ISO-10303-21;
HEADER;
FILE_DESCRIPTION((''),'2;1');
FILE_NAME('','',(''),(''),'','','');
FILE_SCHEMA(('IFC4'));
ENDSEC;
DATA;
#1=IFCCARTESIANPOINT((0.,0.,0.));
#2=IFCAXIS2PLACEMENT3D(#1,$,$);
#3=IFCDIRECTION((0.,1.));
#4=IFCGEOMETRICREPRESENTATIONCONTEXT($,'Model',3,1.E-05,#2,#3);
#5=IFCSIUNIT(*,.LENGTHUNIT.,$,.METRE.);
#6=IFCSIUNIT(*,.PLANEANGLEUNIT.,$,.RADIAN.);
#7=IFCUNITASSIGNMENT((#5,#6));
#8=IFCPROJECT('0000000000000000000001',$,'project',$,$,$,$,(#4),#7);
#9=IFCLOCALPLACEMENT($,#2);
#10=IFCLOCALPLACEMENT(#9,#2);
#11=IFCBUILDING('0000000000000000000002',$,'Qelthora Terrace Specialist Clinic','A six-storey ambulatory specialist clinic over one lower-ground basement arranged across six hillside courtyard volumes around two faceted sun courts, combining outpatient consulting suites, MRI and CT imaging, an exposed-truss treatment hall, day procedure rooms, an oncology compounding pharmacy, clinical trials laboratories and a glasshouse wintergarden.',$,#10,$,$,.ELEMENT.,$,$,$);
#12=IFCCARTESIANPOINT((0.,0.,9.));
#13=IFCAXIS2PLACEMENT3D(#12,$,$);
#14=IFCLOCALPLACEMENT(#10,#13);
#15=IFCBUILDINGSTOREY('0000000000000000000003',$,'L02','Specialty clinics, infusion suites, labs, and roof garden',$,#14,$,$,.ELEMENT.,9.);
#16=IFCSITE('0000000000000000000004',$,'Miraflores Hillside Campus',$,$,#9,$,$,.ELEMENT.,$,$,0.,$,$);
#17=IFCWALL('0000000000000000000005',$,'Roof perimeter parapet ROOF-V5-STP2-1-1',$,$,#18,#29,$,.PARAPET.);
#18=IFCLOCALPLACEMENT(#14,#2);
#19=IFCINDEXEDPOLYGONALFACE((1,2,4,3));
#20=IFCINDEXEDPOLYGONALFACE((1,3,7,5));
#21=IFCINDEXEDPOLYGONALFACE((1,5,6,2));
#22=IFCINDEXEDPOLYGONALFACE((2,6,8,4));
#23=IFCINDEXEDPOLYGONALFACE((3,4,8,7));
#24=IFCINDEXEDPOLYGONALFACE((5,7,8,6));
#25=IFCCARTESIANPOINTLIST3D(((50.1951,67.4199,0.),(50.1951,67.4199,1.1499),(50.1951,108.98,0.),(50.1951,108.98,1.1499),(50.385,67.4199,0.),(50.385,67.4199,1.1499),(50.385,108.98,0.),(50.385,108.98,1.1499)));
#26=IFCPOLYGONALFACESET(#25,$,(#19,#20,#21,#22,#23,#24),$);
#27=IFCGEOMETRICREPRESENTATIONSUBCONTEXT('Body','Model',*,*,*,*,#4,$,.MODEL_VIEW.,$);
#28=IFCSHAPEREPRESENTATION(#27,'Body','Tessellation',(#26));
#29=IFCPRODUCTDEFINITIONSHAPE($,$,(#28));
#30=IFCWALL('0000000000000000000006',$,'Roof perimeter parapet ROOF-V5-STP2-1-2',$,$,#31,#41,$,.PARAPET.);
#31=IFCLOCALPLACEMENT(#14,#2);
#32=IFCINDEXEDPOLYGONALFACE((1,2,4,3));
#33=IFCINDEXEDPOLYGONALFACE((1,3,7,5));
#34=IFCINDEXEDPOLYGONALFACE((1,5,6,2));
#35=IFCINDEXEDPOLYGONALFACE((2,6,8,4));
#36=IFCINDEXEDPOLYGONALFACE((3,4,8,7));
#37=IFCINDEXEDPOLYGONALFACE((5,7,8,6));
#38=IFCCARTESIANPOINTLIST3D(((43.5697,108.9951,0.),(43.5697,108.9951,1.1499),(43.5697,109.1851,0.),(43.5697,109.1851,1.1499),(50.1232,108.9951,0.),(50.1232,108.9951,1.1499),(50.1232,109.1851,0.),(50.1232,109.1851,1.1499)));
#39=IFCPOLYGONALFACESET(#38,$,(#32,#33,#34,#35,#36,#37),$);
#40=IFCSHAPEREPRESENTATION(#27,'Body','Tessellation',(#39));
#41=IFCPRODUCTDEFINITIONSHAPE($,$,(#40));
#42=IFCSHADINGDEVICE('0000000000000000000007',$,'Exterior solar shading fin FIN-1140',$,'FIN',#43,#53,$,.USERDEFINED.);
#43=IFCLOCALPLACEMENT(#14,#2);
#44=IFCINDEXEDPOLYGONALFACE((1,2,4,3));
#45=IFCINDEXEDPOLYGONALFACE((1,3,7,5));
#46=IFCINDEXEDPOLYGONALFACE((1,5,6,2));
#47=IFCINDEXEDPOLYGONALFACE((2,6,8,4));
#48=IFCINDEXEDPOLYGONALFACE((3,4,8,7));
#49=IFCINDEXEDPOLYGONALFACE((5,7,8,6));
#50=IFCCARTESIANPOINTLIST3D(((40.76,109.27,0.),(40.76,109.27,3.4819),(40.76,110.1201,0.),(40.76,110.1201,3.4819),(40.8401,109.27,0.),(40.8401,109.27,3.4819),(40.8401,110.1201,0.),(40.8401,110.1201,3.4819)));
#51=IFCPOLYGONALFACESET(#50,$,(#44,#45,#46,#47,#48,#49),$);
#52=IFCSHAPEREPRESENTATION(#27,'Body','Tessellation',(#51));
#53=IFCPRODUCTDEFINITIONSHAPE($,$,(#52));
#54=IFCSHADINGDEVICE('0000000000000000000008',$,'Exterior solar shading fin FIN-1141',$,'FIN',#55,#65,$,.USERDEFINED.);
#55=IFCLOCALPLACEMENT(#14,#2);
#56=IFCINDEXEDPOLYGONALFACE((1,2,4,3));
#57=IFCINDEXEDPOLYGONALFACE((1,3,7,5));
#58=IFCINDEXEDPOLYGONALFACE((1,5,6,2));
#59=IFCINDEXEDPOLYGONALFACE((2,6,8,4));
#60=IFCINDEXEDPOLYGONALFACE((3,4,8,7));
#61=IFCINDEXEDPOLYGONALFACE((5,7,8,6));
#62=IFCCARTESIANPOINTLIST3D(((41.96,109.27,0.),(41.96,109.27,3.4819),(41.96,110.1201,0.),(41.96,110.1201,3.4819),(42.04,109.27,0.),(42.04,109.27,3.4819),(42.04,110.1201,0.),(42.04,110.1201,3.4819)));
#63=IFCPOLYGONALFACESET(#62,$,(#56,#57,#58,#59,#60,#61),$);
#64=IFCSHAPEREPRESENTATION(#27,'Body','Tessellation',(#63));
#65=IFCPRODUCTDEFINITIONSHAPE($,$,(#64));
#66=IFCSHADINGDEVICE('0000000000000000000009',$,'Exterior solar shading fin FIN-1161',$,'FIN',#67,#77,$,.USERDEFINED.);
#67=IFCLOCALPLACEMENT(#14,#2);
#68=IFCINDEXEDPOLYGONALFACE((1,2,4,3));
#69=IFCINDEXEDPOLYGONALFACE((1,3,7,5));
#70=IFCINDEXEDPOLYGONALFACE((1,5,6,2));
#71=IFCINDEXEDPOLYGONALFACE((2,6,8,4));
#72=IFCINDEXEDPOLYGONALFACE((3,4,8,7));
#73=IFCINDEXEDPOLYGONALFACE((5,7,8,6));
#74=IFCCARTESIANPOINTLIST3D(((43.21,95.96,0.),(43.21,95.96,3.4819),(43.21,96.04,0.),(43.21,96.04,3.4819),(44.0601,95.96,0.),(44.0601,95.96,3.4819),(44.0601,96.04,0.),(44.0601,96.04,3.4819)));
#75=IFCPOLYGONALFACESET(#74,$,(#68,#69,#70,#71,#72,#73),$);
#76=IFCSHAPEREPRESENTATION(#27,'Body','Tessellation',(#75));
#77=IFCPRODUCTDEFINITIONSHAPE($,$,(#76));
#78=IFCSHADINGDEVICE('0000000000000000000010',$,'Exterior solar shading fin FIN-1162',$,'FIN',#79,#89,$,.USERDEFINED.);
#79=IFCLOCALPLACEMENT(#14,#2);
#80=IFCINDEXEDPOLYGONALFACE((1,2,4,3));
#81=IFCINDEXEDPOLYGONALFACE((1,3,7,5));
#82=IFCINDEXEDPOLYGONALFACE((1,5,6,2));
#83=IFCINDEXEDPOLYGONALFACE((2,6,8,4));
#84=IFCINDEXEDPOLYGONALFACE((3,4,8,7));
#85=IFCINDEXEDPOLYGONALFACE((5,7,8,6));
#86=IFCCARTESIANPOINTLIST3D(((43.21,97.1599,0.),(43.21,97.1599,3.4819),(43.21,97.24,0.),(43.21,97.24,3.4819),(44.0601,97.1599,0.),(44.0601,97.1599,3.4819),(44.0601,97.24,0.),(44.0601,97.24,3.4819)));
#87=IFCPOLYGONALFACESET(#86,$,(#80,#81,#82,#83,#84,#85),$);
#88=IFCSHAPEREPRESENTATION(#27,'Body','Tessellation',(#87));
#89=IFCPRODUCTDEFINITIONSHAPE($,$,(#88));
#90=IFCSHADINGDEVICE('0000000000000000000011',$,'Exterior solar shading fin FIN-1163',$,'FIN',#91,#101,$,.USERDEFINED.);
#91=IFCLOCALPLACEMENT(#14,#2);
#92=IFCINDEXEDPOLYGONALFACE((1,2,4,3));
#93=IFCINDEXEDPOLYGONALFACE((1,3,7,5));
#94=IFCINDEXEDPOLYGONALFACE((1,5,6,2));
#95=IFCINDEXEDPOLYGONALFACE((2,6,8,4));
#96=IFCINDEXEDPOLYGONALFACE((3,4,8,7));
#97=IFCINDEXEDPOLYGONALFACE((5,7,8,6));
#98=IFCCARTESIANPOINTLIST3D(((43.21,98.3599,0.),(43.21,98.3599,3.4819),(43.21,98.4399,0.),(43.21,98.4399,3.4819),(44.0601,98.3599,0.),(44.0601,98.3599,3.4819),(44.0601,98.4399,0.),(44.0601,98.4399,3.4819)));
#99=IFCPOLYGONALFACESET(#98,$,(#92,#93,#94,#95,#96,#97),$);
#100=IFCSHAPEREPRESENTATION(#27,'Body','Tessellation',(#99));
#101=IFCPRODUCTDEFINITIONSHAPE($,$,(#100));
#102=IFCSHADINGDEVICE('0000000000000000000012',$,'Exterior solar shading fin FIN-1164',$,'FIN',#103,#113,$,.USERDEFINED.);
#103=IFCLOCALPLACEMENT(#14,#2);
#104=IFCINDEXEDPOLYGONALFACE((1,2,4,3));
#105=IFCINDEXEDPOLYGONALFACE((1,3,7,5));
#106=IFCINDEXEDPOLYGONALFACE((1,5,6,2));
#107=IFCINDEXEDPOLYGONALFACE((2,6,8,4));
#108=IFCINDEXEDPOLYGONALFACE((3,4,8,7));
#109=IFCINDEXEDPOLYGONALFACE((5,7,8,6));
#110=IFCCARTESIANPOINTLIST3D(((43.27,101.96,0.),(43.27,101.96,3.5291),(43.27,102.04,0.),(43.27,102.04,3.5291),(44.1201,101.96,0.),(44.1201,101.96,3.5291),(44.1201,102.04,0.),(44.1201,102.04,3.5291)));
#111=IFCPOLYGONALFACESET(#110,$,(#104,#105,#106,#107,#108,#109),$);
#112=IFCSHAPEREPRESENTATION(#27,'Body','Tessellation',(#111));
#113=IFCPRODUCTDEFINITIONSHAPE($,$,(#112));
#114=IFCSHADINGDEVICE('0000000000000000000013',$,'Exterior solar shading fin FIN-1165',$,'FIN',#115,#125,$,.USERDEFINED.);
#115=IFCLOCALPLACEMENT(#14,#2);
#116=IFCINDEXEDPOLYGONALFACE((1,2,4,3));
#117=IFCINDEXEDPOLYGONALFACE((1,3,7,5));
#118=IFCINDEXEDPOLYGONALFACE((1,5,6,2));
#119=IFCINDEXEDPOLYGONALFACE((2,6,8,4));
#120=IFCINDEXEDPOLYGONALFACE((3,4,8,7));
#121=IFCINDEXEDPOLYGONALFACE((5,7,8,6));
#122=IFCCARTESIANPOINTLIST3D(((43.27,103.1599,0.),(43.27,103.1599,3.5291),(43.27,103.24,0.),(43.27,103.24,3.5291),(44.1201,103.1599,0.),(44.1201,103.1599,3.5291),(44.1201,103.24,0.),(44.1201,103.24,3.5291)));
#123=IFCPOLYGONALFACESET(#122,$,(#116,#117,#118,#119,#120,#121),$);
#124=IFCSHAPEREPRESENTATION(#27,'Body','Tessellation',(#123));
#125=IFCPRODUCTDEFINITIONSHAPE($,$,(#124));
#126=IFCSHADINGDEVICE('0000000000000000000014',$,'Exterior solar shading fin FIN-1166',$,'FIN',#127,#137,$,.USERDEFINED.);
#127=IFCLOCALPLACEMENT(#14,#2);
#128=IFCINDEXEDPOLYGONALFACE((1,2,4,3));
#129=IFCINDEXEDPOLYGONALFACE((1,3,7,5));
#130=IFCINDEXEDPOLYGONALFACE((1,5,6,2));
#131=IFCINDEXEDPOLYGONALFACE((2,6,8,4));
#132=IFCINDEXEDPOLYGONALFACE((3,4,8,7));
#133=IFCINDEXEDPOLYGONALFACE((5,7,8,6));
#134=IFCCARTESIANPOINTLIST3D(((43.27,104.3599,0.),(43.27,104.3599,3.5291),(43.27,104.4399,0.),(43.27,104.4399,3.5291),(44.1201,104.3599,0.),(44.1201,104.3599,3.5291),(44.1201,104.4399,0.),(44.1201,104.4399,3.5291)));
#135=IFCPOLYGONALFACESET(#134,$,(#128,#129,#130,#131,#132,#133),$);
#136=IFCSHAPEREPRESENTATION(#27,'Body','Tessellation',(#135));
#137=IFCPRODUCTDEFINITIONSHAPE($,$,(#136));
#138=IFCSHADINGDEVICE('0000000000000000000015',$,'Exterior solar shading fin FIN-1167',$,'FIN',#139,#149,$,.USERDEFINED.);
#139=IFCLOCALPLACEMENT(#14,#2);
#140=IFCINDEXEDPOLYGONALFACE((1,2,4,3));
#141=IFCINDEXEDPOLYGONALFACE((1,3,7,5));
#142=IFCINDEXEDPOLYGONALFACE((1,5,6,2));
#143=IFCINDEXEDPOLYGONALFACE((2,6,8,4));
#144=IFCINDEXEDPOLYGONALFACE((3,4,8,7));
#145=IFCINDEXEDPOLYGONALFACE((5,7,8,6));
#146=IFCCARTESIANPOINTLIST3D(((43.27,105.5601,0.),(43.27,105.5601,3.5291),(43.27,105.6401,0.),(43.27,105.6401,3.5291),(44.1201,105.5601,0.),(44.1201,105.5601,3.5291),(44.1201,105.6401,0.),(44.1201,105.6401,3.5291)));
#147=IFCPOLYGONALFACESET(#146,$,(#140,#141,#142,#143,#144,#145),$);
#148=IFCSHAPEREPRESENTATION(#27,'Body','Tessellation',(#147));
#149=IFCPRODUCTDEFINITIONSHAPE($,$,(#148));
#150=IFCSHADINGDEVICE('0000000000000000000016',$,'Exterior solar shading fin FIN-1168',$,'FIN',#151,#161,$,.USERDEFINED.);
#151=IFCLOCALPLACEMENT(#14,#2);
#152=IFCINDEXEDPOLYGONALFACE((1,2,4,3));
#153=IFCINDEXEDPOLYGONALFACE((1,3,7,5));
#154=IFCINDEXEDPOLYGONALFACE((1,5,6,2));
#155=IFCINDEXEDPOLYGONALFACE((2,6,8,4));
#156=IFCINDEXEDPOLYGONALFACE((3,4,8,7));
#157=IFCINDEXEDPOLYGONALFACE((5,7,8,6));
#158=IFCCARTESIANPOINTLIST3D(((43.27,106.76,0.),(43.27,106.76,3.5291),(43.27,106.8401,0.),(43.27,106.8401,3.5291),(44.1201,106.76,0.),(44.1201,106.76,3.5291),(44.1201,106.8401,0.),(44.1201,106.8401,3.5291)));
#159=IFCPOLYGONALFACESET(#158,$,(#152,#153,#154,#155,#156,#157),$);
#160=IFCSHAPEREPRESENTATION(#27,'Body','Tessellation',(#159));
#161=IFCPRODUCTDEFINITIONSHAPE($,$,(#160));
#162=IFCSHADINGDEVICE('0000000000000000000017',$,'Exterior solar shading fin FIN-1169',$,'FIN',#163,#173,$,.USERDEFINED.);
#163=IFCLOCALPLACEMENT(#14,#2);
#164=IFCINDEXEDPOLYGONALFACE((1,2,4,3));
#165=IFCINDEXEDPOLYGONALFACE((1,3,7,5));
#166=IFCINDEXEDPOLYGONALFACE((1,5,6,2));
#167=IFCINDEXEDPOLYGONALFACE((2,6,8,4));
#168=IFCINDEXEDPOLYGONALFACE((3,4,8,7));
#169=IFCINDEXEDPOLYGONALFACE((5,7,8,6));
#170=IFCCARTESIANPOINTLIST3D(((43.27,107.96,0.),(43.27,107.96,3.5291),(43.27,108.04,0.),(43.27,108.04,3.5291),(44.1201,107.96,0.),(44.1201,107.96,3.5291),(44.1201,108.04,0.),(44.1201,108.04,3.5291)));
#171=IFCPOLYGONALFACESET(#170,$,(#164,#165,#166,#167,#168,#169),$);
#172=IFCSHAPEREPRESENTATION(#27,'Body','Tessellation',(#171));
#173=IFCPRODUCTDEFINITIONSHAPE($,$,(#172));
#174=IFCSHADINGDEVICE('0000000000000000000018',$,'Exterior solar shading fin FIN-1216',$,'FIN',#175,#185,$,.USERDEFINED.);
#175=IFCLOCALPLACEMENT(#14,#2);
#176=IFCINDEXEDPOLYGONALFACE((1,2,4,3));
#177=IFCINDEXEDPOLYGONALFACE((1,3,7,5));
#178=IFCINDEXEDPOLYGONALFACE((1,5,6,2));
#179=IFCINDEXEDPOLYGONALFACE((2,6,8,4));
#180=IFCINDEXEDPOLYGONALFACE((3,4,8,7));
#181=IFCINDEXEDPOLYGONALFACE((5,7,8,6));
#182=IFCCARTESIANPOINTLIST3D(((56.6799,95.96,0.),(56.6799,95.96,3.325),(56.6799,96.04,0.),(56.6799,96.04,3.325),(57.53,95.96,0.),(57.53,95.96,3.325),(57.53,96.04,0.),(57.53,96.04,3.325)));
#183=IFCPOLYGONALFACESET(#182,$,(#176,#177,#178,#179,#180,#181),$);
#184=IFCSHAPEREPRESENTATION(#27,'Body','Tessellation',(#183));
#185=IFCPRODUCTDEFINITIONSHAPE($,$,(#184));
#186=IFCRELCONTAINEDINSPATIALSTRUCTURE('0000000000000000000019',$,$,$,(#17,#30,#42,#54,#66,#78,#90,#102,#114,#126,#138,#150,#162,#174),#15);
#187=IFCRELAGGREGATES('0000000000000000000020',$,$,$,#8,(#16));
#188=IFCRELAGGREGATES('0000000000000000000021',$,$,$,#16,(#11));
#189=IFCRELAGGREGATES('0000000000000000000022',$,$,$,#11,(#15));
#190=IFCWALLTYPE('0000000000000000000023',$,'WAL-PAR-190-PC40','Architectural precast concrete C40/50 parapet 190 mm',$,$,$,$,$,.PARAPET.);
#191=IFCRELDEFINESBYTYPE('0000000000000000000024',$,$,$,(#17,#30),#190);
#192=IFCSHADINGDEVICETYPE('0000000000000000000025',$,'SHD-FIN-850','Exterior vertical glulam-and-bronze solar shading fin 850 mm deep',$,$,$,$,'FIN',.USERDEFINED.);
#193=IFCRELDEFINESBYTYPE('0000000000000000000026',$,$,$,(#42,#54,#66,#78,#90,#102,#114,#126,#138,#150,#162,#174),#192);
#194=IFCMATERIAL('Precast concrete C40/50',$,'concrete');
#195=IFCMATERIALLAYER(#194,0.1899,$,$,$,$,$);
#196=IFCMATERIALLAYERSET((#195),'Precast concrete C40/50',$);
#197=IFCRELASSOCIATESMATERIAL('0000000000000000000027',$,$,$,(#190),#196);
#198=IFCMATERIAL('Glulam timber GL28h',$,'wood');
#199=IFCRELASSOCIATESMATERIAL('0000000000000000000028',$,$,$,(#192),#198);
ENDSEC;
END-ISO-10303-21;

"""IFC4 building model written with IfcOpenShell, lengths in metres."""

from ifc_helpers import new_model, si_unit, direction, frame, frame_2d, origin, origin_2d, place, context, subcontext, project, spatial, rectangle, extrude, material, layer, layer_set, type_object, element, save


model = new_model("IFC4")

# Units and contexts
model_context = context("Model", 3, precision=1e-05, world=origin(), true_north=direction((0.0, 1.0)))
body_context = subcontext(model_context, "Body", "Model", "MODEL_VIEW")
ifc_project = project(units=[si_unit("LENGTHUNIT", "METRE"), si_unit("PLANEANGLEUNIT", "RADIAN")], contexts=[model_context])

# Site, building, storey
site_placement = place(None, origin())
site = spatial("IfcSite", under=ifc_project, at=site_placement, Name="Miraflores Hillside Campus", CompositionType="ELEMENT", RefElevation=0.0)
building_placement = place(site_placement, origin())
building = spatial("IfcBuilding", under=site, at=building_placement, Name="Qelthora Terrace Specialist Clinic", Description="A six-storey ambulatory specialist clinic over one lower-ground basement arranged across six hillside courtyard volumes around two faceted sun courts, combining outpatient consulting suites, MRI and CT imaging, an exposed-truss treatment hall, day procedure rooms, an oncology compounding pharmacy, clinical trials laboratories and a glasshouse wintergarden.", CompositionType="ELEMENT")
storey_placement = place(building_placement, frame((0.0, 0.0, 9.0)))
storey = spatial("IfcBuildingStorey", under=building, at=storey_placement, Name="L02", Description="Specialty clinics, infusion suites, labs, and roof garden", CompositionType="ELEMENT", Elevation=9.0)

# Shared definitions
ifc_material_1 = material(Name="Precast concrete C40/50", Category="concrete")

# Walls
ifc_layer_1 = layer(ifc_material_1, 0.1899)
ifc_layer_set_1 = layer_set([ifc_layer_1], Name="Precast concrete C40/50")
wall_type_1 = type_object("IfcWallType", Name="WAL-PAR-190-PC40", Description="Architectural precast concrete C40/50 parapet 190 mm", PredefinedType="PARAPET", material=ifc_layer_set_1)
wall_1_placement = place(storey_placement, frame((50.29, 108.98, 0.0), z_axis=(0.0, 0.0, 1.0), x_axis=(0.0, -1.0, 0.0)))
element("IfcWall", 1, at=wall_1_placement, inside=storey, type_object=wall_type_1, Name="Roof perimeter parapet ROOF-V5-STP2-1-1", PredefinedType="PARAPET", context=body_context, shape_type="SweptSolid", body=[
    extrude(rectangle(XDim=41.5601, YDim=0.1899, at=frame_2d((20.78, 0.0))), origin(), (0.0, 0.0, 1.0), 1.1499),
])
wall_2_placement = place(storey_placement, frame((43.5696, 109.0901, 0.0), z_axis=(0.0, 0.0, 1.0), x_axis=(1.0, 0.0, 0.0)))
element("IfcWall", 2, at=wall_2_placement, inside=storey, type_object=wall_type_1, Name="Roof perimeter parapet ROOF-V5-STP2-1-2", PredefinedType="PARAPET", context=body_context, shape_type="SweptSolid", body=[
    extrude(rectangle(XDim=6.5535, YDim=0.1899, at=frame_2d((3.2769, 0.0))), origin(), (0.0, 0.0, 1.0), 1.1499),
])

# Shading devices
ifc_material_2 = material(Name="Glulam timber GL28h", Category="wood")
shading_device_type = type_object("IfcShadingDeviceType", Name="SHD-FIN-850", Description="Exterior vertical glulam-and-bronze solar shading fin 850 mm deep", ElementType="FIN", PredefinedType="USERDEFINED", material=ifc_material_2)
for number, where, z_axis, x_axis, name in (
    (3, (40.8, 109.6951, 0.0), (0.0, 0.0, 1.0), (0.0, 1.0, 0.0), "Exterior solar shading fin FIN-1140"),
    (4, (42.0, 109.6951, 0.0), (0.0, 0.0, 1.0), (0.0, 1.0, 0.0), "Exterior solar shading fin FIN-1141"),
    (5, (43.635, 96.0, 0.0), (0.0, 0.0, 1.0), (1.0, 0.0, 0.0), "Exterior solar shading fin FIN-1161"),
    (6, (43.635, 97.2, 0.0), (0.0, 0.0, 1.0), (1.0, 0.0, 0.0), "Exterior solar shading fin FIN-1162"),
    (7, (43.635, 98.3999, 0.0), (0.0, 0.0, 1.0), (1.0, 0.0, 0.0), "Exterior solar shading fin FIN-1163"),
):
    element("IfcShadingDevice", number, at=place(storey_placement, frame(where, z_axis=z_axis, x_axis=x_axis)), inside=storey, type_object=shading_device_type, Name=name, ObjectType="FIN", PredefinedType="USERDEFINED", context=body_context, shape_type="SweptSolid", body=[
        extrude(rectangle(XDim=0.8501, YDim=0.0801, at=origin_2d()), origin(), (0.0, 0.0, 1.0), 3.4819),
    ])
for number, where, z_axis, x_axis, name in (
    (8, (43.6951, 102.0, 0.0), (0.0, 0.0, 1.0), (1.0, 0.0, 0.0), "Exterior solar shading fin FIN-1164"),
    (9, (43.6951, 103.2, 0.0), (0.0, 0.0, 1.0), (1.0, 0.0, 0.0), "Exterior solar shading fin FIN-1165"),
    (10, (43.6951, 104.3999, 0.0), (0.0, 0.0, 1.0), (1.0, 0.0, 0.0), "Exterior solar shading fin FIN-1166"),
    (11, (43.6951, 105.6001, 0.0), (0.0, 0.0, 1.0), (1.0, 0.0, 0.0), "Exterior solar shading fin FIN-1167"),
    (12, (43.6951, 106.8, 0.0), (0.0, 0.0, 1.0), (1.0, 0.0, 0.0), "Exterior solar shading fin FIN-1168"),
    (13, (43.6951, 108.0, 0.0), (0.0, 0.0, 1.0), (1.0, 0.0, 0.0), "Exterior solar shading fin FIN-1169"),
):
    element("IfcShadingDevice", number, at=place(storey_placement, frame(where, z_axis=z_axis, x_axis=x_axis)), inside=storey, type_object=shading_device_type, Name=name, ObjectType="FIN", PredefinedType="USERDEFINED", context=body_context, shape_type="SweptSolid", body=[
        extrude(rectangle(XDim=0.8501, YDim=0.0801, at=origin_2d()), origin(), (0.0, 0.0, 1.0), 3.5291),
    ])
shading_device_placement = place(storey_placement, frame((57.105, 96.0, 0.0), z_axis=(0.0, 0.0, 1.0), x_axis=(-1.0, 0.0, 0.0)))
element("IfcShadingDevice", 14, at=shading_device_placement, inside=storey, type_object=shading_device_type, Name="Exterior solar shading fin FIN-1216", ObjectType="FIN", PredefinedType="USERDEFINED", context=body_context, shape_type="SweptSolid", body=[
    extrude(rectangle(XDim=0.8501, YDim=0.0801, at=origin_2d()), origin(), (0.0, 0.0, 1.0), 3.325),
])

save(model, "model.ifc")
